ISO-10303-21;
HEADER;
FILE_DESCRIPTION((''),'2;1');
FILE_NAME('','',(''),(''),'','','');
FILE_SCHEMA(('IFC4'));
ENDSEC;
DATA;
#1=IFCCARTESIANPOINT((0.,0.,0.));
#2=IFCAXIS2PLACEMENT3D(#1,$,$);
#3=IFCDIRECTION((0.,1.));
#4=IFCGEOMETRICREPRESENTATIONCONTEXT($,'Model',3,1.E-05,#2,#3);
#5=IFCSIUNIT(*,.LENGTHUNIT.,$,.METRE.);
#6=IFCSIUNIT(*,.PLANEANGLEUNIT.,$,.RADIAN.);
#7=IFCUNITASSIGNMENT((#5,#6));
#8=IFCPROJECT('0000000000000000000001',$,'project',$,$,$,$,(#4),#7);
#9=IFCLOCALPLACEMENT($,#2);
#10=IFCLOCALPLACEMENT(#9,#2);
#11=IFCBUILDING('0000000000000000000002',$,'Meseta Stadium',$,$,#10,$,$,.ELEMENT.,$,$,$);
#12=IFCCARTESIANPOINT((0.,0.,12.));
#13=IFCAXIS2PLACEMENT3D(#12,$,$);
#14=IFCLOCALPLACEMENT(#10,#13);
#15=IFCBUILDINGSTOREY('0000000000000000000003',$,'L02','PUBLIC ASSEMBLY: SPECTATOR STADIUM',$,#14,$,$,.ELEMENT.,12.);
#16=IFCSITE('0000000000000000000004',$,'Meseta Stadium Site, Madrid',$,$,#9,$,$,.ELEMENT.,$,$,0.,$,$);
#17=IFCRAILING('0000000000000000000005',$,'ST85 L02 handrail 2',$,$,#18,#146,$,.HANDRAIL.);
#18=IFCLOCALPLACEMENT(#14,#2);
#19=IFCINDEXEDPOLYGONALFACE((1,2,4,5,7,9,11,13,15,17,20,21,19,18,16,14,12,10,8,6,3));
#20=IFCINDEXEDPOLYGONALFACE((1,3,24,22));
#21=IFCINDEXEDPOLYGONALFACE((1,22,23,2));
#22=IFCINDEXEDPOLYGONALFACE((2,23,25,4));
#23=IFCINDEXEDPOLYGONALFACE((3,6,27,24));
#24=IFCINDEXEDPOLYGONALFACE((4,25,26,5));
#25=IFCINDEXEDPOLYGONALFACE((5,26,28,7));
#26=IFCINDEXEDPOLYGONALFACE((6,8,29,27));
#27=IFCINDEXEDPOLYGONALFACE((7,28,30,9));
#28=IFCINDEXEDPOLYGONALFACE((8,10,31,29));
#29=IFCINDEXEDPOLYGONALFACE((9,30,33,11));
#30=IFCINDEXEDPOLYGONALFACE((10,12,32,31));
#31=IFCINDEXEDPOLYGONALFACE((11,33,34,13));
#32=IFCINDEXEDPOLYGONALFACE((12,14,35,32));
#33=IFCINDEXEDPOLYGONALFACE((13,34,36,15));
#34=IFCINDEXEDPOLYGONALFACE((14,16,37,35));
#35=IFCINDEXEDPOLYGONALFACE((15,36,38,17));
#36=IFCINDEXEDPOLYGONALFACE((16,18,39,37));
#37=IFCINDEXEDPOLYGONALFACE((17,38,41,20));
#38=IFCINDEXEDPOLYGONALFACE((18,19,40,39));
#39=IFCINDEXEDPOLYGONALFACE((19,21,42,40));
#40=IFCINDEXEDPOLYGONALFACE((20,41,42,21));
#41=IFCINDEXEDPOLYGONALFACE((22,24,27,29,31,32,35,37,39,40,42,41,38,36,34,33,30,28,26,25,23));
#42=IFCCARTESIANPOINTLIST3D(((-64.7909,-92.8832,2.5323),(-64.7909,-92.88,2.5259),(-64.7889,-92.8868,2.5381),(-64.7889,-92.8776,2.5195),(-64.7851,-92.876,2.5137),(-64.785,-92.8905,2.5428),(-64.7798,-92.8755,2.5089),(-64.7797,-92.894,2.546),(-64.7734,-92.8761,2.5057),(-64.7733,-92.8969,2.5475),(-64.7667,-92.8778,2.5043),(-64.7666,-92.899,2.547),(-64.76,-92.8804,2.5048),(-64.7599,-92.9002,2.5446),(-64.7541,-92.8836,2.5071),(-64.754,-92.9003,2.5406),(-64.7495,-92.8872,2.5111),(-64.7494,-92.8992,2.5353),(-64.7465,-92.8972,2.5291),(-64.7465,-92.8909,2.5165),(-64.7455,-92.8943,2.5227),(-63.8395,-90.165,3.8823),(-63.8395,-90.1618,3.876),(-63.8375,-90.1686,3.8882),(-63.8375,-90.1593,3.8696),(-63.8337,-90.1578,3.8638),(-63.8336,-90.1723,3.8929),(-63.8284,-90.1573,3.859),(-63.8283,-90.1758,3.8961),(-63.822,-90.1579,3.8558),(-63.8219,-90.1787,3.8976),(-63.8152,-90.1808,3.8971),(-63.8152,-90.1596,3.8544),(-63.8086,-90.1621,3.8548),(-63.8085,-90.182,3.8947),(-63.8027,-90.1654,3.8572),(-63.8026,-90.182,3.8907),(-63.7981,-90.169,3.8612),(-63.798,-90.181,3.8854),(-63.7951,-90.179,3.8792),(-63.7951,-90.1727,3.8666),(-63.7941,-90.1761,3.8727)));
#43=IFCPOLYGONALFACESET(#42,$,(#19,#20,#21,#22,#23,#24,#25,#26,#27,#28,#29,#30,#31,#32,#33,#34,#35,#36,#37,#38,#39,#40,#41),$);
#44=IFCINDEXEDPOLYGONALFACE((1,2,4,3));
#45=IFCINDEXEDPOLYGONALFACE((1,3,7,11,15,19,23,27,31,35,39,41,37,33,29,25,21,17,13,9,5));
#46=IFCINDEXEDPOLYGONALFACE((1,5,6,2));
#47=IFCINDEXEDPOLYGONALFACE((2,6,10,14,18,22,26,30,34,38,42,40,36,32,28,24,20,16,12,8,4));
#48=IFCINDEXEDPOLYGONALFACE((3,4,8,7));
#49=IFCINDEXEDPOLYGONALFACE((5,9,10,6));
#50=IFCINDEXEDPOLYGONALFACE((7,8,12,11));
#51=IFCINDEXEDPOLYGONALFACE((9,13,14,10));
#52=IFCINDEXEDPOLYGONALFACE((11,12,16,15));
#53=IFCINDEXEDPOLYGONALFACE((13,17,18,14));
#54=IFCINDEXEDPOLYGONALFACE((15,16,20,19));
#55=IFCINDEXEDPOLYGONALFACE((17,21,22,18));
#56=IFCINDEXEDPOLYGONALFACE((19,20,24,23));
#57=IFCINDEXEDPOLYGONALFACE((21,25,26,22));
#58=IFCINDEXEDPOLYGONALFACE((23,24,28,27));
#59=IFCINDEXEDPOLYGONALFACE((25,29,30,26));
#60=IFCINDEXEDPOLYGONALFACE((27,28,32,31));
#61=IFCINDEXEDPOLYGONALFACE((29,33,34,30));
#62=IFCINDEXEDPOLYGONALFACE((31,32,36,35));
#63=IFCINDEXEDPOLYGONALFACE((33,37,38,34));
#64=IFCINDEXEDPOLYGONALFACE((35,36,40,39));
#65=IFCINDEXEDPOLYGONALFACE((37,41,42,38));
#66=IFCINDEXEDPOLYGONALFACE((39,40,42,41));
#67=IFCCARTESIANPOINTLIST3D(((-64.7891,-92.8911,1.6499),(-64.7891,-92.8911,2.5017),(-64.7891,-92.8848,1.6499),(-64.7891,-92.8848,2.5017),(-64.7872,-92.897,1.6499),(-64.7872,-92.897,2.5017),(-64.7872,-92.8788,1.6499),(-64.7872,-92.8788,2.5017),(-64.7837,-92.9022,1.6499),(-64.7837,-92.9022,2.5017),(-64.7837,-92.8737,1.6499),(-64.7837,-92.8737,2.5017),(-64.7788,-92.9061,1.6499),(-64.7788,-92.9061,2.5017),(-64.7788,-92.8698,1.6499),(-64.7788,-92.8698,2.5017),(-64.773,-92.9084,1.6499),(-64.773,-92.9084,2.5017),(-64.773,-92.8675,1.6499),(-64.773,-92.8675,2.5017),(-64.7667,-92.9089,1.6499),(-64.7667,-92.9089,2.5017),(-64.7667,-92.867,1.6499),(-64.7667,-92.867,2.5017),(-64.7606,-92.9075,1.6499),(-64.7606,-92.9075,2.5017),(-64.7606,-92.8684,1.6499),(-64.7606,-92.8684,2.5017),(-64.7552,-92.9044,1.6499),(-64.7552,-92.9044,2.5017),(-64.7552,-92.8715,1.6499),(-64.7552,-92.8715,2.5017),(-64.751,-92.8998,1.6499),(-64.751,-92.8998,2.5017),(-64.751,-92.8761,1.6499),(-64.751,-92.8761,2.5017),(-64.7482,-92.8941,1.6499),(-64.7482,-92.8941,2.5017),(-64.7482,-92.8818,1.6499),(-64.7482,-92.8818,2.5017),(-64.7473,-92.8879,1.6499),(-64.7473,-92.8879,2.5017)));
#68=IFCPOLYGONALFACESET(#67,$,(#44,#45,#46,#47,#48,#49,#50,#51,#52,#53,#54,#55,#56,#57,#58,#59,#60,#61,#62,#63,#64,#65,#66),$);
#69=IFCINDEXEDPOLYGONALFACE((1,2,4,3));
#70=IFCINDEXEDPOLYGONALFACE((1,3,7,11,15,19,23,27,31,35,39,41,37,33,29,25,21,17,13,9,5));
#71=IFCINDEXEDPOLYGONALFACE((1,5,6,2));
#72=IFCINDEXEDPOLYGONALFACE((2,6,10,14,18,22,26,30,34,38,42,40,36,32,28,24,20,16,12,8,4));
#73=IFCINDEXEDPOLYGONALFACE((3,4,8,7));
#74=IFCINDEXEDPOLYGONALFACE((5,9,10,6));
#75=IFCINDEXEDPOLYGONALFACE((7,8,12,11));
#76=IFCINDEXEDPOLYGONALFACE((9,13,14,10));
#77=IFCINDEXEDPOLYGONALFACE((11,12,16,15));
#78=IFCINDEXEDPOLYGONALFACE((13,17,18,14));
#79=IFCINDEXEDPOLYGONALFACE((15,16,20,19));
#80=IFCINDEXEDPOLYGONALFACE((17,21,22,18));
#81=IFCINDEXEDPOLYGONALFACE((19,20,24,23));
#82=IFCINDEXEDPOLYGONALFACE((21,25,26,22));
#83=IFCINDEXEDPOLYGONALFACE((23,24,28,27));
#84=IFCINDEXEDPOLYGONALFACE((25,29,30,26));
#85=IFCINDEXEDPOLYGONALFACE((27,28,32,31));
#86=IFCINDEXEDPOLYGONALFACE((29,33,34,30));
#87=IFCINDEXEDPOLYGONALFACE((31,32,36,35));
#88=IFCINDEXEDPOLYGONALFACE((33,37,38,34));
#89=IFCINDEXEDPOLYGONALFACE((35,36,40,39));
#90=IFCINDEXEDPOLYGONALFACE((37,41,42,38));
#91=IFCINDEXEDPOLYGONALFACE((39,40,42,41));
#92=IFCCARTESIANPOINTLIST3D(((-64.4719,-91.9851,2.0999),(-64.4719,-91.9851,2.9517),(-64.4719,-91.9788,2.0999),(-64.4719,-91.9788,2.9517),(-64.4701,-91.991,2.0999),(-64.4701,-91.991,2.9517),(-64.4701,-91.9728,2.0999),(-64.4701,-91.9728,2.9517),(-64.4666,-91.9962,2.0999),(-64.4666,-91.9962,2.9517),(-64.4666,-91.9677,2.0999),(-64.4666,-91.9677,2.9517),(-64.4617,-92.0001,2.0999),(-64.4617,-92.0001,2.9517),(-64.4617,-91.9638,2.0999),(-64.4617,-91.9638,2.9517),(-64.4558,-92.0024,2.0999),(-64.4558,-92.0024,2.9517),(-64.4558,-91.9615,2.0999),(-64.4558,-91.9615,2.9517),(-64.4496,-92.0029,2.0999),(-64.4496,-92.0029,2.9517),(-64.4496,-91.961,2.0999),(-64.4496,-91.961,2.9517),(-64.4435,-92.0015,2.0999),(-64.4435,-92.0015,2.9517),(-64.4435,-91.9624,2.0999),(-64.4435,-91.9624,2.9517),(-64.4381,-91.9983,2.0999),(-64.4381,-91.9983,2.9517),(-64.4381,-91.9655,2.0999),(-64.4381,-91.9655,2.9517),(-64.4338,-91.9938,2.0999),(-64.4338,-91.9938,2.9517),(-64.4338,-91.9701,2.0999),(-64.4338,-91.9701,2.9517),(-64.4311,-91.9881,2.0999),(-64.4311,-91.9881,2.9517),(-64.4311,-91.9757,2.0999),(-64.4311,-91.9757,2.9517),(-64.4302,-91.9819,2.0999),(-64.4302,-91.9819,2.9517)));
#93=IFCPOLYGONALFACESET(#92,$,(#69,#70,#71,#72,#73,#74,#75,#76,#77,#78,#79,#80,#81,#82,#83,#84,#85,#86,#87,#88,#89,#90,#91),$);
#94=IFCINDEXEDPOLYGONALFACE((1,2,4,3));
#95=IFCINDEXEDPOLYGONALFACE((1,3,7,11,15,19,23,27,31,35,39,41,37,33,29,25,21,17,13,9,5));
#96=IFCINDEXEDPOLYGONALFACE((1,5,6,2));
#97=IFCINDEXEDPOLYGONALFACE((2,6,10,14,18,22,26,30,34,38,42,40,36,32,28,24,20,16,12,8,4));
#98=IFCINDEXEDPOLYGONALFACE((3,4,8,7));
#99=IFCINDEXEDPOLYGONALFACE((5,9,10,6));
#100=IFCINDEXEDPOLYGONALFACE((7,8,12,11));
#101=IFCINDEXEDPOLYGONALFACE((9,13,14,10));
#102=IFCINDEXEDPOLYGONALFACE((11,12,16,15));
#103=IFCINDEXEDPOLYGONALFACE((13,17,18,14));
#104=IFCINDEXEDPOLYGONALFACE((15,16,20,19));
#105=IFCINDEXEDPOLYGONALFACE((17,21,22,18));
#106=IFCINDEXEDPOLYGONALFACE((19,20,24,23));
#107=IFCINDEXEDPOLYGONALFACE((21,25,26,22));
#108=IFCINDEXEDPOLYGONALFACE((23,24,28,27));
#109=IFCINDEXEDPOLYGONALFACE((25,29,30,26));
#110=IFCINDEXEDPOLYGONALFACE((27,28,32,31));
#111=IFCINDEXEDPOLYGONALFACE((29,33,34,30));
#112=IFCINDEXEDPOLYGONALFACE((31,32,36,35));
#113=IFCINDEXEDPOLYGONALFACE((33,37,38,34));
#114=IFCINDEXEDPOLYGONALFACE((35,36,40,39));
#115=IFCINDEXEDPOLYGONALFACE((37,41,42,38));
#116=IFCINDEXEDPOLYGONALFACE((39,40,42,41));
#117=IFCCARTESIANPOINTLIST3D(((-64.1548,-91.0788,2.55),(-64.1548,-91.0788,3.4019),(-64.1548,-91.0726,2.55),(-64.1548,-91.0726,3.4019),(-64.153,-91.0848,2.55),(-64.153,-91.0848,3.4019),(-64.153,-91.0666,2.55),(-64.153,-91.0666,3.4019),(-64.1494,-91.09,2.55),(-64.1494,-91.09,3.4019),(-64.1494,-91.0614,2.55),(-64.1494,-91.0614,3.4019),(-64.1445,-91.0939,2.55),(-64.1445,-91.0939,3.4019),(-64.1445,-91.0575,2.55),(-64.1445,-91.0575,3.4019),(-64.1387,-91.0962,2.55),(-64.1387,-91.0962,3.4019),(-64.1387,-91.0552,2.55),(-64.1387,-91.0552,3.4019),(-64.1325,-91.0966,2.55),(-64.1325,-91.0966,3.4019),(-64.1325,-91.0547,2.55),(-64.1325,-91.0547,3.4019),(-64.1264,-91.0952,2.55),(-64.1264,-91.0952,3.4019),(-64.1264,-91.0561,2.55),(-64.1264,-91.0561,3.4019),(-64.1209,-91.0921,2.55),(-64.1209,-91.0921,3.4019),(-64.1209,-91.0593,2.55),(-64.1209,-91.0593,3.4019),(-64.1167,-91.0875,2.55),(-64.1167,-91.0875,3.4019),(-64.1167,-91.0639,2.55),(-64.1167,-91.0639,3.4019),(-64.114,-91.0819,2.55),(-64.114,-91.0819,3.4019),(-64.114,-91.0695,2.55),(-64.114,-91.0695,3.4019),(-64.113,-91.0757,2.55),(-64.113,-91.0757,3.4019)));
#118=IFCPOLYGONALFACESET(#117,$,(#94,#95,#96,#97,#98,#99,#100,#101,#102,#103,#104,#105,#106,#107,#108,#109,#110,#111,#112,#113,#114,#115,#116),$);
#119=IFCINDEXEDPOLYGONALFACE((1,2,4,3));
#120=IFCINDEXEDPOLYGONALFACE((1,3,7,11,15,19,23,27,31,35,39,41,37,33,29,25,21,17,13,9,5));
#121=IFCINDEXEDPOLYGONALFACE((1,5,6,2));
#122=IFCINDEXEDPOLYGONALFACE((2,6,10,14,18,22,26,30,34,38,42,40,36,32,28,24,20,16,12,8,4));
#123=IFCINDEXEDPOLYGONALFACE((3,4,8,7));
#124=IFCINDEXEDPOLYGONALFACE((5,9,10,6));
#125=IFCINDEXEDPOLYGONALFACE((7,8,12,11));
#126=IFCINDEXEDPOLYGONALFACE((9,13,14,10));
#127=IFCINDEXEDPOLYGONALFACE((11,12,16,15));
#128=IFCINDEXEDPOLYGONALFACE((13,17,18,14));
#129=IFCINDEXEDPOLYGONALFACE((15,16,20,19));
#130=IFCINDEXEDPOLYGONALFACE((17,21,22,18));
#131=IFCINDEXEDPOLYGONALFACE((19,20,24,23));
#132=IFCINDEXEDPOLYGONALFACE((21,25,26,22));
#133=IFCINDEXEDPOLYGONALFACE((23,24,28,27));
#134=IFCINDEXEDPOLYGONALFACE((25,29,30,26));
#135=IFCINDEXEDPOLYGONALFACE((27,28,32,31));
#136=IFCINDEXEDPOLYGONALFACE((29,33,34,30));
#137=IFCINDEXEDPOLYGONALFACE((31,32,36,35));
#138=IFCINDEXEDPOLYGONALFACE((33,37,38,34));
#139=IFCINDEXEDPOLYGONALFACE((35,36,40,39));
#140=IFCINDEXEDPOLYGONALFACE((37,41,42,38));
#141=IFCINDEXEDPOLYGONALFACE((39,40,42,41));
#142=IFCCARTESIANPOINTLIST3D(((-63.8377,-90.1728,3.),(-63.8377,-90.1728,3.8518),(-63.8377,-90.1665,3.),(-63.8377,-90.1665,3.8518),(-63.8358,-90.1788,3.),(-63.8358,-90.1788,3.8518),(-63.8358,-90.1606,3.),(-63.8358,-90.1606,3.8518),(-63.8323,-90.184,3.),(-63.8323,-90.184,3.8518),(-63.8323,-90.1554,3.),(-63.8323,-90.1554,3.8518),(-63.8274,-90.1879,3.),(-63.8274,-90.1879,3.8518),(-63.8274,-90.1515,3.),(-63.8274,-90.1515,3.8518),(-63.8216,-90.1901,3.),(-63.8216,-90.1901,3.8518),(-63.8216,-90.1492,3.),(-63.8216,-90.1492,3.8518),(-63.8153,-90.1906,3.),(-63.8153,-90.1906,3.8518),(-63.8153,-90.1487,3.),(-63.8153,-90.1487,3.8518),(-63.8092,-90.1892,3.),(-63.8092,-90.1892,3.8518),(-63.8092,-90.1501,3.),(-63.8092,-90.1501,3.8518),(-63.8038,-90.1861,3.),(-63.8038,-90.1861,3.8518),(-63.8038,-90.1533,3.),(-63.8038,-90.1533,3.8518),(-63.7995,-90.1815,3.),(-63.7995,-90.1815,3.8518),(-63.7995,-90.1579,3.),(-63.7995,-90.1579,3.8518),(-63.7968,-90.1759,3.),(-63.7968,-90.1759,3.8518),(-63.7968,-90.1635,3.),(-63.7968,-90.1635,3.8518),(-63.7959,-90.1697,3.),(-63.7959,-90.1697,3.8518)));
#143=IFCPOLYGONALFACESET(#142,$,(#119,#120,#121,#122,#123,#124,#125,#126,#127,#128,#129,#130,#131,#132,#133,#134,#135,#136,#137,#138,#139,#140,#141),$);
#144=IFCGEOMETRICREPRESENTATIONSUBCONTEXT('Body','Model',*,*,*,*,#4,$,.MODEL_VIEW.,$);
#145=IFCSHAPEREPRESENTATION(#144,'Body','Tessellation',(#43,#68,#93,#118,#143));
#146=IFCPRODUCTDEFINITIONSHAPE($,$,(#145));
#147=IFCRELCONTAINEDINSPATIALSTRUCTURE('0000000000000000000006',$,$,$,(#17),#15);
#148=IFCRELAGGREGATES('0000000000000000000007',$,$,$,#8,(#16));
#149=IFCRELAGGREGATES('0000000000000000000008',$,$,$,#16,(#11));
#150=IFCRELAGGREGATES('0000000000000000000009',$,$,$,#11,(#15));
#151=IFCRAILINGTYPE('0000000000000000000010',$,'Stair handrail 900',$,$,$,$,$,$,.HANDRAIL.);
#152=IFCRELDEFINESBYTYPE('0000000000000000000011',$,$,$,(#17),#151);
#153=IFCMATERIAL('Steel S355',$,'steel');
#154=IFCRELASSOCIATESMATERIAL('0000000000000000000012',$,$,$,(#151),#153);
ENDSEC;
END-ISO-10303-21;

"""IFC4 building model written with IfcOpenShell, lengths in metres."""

from ifc_helpers import new_model, si_unit, direction, frame, origin, origin_2d, place, context, subcontext, project, spatial, circle, extrude, material, type_object, element, save


model = new_model("IFC4")

# Units and contexts
model_context = context("Model", 3, precision=1e-05, world=origin(), true_north=direction((0.0, 1.0)))
body_context = subcontext(model_context, "Body", "Model", "MODEL_VIEW")
ifc_project = project(units=[si_unit("LENGTHUNIT", "METRE"), si_unit("PLANEANGLEUNIT", "RADIAN")], contexts=[model_context])

# Site, building, storey
site_placement = place(None, origin())
site = spatial("IfcSite", under=ifc_project, at=site_placement, Name="Meseta Stadium Site, Madrid", CompositionType="ELEMENT", RefElevation=0.0)
building_placement = place(site_placement, origin())
building = spatial("IfcBuilding", under=site, at=building_placement, Name="Meseta Stadium", CompositionType="ELEMENT")
storey_placement = place(building_placement, frame((0.0, 0.0, 12.0)))
storey = spatial("IfcBuildingStorey", under=building, at=storey_placement, Name="L02", Description="PUBLIC ASSEMBLY: SPECTATOR STADIUM", CompositionType="ELEMENT", Elevation=12.0)

# Railing
ifc_material_1 = material(Name="Steel S355", Category="steel")
railing_type_1 = type_object("IfcRailingType", Name="Stair handrail 900", PredefinedType="HANDRAIL", material=ifc_material_1)
for number, where, name in (
    (1, (-64.7683, -92.8879, 1.6499), "ST85 L02 handrail 2"),
):
    element("IfcRailing", number, at=place(storey_placement, frame(where)), inside=storey, type_object=railing_type_1, Name=name, PredefinedType="HANDRAIL", context=body_context, shape_type="SweptSolid", body=[
        extrude(circle(Radius=0.0239, at=origin_2d()), frame((0.0, 0.0, 0.876), z_axis=(0.299121, 0.854609, 0.424465), x_axis=(-0.943856, 0.330358, 0.0)), (0.0, 0.0, 1.0), 3.1807),
        extrude(circle(Radius=0.021, at=origin_2d()), origin(), (0.0, 0.0, 1.0), 0.8518),
        extrude(circle(Radius=0.021, at=origin_2d()), frame((0.3171, 0.906, 0.45)), (0.0, 0.0, 1.0), 0.8518),
        extrude(circle(Radius=0.021, at=origin_2d()), frame((0.6343, 1.8123, 0.9001)), (0.0, 0.0, 1.0), 0.8518),
        extrude(circle(Radius=0.021, at=origin_2d()), frame((0.9514, 2.7183, 1.3501)), (0.0, 0.0, 1.0), 0.8518),
    ])

save(model, "model.ifc")
